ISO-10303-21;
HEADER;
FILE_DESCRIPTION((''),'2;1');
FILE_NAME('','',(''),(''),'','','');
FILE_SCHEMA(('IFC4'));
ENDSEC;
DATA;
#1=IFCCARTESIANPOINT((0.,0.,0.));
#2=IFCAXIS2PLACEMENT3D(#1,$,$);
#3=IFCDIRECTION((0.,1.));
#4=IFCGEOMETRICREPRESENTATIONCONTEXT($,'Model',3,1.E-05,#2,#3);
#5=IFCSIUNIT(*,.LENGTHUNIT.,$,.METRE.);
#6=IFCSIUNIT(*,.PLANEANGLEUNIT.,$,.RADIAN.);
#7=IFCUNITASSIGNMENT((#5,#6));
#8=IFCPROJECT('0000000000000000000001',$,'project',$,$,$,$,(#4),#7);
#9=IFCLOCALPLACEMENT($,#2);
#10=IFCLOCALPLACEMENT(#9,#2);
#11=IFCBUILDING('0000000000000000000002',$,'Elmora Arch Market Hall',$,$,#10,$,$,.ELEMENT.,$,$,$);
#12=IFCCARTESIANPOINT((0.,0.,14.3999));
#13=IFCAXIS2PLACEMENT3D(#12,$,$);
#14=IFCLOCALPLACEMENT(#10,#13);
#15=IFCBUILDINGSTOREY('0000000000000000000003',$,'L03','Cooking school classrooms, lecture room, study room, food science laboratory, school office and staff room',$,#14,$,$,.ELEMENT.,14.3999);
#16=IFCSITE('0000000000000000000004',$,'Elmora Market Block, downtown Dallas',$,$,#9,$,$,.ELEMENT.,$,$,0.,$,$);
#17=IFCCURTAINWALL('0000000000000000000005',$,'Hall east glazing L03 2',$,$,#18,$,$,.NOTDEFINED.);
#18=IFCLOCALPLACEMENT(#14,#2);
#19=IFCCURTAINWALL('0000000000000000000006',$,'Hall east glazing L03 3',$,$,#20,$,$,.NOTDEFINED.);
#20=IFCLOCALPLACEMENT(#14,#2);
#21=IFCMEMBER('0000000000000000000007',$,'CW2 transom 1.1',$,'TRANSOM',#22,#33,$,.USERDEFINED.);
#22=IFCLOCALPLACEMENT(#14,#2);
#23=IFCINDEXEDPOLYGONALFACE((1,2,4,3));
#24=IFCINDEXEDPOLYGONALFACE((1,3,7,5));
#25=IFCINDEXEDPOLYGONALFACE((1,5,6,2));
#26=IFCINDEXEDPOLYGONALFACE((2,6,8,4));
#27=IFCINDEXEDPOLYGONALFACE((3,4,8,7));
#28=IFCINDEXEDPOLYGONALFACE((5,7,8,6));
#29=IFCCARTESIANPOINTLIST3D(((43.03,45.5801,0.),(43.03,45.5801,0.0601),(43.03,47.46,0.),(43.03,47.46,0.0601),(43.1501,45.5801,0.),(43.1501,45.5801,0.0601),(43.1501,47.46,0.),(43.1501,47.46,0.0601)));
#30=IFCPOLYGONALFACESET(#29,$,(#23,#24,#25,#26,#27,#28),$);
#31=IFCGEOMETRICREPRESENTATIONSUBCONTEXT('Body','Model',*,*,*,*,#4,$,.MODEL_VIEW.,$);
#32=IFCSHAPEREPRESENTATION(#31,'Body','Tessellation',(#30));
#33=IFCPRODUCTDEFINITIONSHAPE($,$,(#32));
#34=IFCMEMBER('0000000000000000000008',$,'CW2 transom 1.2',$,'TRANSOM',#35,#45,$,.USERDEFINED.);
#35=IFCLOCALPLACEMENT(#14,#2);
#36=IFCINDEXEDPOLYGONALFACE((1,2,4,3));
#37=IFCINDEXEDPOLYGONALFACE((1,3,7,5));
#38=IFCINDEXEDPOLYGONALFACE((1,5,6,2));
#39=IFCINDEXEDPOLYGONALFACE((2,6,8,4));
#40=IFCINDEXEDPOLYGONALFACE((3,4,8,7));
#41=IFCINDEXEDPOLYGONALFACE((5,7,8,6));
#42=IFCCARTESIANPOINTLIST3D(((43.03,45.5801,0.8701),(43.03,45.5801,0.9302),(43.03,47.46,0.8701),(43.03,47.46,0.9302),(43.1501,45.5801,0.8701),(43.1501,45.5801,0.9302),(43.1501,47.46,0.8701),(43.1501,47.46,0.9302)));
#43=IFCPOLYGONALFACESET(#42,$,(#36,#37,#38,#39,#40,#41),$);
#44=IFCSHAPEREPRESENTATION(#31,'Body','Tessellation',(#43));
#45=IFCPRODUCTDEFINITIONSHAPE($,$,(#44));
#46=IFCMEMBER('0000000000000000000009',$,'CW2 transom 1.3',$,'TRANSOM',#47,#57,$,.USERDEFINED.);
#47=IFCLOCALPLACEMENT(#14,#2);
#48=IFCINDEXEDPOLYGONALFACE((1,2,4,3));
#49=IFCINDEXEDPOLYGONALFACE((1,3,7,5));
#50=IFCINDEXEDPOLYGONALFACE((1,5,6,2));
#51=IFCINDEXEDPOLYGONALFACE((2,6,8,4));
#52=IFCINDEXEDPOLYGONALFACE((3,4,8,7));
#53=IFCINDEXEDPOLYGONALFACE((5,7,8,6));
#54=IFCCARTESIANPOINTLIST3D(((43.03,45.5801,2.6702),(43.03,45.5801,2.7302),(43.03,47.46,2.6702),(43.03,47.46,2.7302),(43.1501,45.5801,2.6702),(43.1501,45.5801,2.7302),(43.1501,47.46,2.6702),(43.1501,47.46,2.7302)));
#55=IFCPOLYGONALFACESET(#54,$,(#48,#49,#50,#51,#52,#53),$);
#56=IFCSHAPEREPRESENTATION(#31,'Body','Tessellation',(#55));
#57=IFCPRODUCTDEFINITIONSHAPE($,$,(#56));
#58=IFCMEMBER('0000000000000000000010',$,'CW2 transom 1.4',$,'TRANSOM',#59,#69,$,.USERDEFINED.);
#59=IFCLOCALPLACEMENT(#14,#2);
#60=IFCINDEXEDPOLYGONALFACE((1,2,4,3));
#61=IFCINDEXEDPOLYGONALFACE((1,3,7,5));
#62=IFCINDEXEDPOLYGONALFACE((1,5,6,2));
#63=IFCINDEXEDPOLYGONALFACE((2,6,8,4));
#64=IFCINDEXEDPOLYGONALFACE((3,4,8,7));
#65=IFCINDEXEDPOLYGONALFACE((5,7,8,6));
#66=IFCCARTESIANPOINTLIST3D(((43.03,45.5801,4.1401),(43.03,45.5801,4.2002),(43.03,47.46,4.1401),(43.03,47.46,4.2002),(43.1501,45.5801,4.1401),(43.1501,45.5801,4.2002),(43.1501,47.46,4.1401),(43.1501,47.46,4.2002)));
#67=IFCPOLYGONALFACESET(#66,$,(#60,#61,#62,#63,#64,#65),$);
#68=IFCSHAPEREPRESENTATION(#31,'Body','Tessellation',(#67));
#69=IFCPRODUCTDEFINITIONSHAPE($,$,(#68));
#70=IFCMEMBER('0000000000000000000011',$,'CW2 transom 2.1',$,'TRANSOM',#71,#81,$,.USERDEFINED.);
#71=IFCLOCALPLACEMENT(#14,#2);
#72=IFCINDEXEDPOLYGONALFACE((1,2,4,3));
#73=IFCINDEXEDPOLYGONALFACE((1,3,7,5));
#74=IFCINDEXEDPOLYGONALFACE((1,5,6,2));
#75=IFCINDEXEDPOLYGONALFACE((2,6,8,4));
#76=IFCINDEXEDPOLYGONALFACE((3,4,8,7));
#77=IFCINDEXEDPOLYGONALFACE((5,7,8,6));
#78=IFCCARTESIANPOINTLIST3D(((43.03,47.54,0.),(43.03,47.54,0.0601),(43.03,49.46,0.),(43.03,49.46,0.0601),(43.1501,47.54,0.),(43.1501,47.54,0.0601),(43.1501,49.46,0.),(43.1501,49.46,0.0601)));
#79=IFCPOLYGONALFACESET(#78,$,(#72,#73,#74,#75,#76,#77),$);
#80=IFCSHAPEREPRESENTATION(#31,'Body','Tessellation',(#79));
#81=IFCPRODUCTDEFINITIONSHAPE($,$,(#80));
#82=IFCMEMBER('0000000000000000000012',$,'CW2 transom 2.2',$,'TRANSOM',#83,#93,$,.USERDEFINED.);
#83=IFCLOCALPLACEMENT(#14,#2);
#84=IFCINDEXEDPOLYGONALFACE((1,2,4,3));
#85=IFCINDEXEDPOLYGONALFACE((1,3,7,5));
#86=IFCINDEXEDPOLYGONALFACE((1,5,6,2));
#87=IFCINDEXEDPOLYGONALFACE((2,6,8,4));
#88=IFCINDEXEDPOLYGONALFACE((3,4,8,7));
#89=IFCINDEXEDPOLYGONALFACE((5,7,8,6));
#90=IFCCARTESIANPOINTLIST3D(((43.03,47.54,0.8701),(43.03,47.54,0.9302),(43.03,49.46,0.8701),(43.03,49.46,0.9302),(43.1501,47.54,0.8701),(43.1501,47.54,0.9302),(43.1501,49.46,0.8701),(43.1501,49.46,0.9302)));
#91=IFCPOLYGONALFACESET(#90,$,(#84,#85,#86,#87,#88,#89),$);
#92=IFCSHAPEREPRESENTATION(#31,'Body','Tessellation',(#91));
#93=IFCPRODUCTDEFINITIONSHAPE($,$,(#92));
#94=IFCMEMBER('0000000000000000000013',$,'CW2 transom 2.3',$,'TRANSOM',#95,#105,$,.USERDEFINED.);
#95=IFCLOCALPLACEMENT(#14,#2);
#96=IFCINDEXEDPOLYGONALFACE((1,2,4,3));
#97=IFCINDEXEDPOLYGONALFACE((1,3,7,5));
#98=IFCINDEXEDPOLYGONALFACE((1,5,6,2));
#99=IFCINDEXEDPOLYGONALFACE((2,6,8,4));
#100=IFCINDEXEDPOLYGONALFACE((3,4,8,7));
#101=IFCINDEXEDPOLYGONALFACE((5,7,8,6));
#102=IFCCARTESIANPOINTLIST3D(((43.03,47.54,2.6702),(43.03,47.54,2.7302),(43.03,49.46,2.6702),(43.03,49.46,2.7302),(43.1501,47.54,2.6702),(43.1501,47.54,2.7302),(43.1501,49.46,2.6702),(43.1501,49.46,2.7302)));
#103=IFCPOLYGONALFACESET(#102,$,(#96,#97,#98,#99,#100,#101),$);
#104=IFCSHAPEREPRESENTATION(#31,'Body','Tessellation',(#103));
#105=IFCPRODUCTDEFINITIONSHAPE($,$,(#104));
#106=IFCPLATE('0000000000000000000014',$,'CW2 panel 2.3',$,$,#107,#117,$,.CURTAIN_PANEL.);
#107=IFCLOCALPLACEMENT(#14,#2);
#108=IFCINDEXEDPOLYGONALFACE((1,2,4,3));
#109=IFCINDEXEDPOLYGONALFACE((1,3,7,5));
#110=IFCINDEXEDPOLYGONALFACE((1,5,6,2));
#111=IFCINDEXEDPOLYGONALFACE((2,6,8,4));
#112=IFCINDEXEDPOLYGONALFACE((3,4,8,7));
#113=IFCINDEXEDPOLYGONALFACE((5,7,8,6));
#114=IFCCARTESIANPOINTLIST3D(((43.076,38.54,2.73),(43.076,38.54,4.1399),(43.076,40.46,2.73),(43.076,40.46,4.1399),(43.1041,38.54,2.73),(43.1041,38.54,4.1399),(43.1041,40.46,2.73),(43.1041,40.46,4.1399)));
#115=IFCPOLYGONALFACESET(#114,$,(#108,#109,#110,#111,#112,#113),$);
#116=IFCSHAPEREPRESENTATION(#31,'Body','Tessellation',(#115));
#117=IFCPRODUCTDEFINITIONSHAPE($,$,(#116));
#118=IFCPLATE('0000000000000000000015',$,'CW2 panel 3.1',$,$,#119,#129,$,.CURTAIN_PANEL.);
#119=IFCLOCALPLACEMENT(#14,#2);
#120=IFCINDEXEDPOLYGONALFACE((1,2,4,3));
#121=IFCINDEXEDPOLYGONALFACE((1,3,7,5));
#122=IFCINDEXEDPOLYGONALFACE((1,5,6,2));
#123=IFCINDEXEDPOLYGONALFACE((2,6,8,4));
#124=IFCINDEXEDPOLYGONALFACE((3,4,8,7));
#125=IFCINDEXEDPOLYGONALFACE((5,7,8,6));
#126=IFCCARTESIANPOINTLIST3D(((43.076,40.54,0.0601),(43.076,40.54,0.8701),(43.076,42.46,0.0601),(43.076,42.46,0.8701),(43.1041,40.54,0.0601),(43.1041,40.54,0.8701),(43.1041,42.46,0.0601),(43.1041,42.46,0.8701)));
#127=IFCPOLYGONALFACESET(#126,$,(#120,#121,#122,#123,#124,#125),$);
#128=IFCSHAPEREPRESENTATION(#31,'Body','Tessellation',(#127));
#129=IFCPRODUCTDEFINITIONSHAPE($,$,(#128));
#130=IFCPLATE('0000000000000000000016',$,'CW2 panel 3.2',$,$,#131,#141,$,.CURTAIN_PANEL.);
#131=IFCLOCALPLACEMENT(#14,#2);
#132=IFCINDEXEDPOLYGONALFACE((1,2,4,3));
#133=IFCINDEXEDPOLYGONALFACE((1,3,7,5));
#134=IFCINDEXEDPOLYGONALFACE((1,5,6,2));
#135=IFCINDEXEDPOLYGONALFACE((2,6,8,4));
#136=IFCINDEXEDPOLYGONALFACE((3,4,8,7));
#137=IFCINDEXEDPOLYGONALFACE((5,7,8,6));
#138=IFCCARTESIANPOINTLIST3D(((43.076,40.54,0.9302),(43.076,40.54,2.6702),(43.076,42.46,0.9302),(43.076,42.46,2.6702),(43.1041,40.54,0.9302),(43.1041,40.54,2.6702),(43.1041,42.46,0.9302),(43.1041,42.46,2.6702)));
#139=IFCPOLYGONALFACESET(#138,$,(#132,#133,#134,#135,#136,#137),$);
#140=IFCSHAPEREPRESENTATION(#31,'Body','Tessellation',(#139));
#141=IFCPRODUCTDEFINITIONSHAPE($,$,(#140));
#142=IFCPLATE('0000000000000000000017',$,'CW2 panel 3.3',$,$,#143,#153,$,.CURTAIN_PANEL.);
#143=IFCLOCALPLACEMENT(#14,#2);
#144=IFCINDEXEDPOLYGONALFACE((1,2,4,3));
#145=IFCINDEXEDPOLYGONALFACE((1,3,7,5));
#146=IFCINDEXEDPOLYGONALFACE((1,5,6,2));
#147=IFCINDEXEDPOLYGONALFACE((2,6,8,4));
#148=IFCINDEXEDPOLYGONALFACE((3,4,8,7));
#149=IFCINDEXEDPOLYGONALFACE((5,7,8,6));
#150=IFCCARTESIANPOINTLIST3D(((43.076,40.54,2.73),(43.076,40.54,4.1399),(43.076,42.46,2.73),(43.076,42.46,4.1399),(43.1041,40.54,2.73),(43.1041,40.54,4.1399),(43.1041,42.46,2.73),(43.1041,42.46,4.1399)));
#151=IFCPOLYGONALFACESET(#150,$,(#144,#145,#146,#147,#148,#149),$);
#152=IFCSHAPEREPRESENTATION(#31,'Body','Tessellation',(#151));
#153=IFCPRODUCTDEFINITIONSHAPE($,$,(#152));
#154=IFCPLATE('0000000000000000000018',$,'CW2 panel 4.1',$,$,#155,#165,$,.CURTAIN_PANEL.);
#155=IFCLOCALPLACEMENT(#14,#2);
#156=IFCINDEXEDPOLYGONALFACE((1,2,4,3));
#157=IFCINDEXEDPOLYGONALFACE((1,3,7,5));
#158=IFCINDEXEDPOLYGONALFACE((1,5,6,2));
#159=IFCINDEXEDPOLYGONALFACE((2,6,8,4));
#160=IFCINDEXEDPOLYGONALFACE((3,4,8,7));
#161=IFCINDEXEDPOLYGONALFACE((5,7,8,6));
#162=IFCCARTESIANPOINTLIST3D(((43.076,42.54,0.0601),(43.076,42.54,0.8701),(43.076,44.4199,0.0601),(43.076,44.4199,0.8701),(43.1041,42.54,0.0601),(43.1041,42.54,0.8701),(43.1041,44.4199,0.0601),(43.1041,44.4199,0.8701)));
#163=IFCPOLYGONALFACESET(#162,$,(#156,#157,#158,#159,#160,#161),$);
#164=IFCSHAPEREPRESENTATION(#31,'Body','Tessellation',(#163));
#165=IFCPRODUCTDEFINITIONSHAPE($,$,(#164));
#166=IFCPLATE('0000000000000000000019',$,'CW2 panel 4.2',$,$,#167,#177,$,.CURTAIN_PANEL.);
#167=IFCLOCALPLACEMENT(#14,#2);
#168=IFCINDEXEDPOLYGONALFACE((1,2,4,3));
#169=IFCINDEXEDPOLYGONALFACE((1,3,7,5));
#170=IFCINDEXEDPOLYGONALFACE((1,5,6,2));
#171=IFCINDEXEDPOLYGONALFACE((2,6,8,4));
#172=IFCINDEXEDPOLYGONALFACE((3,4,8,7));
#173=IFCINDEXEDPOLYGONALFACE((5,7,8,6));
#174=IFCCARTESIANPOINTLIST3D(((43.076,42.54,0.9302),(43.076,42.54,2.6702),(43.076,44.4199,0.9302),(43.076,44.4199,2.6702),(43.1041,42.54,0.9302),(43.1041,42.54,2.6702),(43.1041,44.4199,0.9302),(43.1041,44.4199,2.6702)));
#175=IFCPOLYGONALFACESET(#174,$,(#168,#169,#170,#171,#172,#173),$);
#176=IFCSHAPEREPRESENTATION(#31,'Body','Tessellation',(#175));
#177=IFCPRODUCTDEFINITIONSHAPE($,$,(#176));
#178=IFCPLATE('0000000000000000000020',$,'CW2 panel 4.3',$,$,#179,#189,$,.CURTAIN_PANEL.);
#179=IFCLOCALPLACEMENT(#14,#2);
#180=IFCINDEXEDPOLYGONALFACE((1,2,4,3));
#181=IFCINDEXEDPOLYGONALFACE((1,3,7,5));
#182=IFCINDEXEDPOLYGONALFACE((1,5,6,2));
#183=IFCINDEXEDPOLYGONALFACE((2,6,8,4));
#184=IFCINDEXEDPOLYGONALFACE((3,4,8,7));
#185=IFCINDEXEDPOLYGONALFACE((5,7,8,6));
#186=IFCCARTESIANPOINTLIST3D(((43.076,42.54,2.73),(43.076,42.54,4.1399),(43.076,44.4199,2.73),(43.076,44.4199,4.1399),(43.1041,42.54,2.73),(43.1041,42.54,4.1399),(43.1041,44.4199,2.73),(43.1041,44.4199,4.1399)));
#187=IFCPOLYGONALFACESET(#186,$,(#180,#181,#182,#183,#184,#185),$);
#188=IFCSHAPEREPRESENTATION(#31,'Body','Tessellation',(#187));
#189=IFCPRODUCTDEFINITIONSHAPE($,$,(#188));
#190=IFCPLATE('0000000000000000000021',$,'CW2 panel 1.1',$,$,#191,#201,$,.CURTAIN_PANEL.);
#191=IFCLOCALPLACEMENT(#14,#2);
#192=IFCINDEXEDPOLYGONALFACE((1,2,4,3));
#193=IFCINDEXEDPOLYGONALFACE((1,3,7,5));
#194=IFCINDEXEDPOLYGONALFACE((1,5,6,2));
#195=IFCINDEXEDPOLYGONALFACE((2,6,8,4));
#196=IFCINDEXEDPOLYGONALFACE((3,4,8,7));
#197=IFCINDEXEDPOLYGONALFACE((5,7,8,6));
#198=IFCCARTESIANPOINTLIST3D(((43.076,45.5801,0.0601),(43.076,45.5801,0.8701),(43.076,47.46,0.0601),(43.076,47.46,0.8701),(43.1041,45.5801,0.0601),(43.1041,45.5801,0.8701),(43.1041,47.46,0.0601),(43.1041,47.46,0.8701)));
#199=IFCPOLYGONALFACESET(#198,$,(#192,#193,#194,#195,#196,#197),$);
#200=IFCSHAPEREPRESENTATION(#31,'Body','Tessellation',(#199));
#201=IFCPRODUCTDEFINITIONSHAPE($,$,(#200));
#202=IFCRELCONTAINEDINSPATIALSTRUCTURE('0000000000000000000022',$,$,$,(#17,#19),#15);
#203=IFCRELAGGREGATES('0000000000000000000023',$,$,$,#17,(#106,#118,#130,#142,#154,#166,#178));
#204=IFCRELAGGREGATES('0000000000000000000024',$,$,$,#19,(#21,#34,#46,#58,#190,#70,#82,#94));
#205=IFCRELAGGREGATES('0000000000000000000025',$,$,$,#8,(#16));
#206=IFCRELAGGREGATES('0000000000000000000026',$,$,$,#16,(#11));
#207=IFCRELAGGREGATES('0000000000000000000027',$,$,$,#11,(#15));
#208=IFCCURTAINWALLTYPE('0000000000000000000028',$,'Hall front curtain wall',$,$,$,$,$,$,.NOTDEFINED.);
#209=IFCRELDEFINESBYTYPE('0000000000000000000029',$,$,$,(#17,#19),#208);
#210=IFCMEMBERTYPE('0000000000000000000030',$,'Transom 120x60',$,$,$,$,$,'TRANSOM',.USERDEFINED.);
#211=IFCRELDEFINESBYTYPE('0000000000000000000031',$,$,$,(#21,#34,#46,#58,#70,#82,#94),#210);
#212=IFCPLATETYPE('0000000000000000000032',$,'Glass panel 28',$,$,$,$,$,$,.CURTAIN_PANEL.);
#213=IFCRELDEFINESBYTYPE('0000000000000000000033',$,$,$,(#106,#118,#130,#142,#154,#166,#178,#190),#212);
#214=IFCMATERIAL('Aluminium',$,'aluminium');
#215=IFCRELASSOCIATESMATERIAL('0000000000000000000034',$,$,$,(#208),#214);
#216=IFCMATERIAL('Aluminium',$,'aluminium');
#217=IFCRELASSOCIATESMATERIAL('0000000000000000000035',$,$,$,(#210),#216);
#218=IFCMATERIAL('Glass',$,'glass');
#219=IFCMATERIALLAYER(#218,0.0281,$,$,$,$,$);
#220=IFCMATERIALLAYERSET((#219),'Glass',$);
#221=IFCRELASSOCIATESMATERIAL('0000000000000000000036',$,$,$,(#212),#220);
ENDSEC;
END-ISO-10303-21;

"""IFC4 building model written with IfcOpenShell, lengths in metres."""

from ifc_helpers import new_model, si_unit, direction, frame, origin, origin_2d, place, context, subcontext, project, spatial, rectangle, extrude, material, layer, layer_set, material_profile, profile_set, type_object, element, aggregate, save


model = new_model("IFC4")

# Units and contexts
model_context = context("Model", 3, precision=1e-05, world=origin(), true_north=direction((0.0, 1.0)))
body_context = subcontext(model_context, "Body", "Model", "MODEL_VIEW")
ifc_project = project(units=[si_unit("LENGTHUNIT", "METRE"), si_unit("PLANEANGLEUNIT", "RADIAN")], contexts=[model_context])

# Site, building, storey
site_placement = place(None, origin())
site = spatial("IfcSite", under=ifc_project, at=site_placement, Name="Elmora Market Block, downtown Dallas", CompositionType="ELEMENT", RefElevation=0.0)
building_placement = place(site_placement, origin())
building = spatial("IfcBuilding", under=site, at=building_placement, Name="Elmora Arch Market Hall", CompositionType="ELEMENT")
storey_placement = place(building_placement, frame((0.0, 0.0, 14.3999)))
storey = spatial("IfcBuildingStorey", under=building, at=storey_placement, Name="L03", Description="Cooking school classrooms, lecture room, study room, food science laboratory, school office and staff room", CompositionType="ELEMENT", Elevation=14.3999)

# Curtain walls
ifc_material_1 = material(Name="Aluminium", Category="aluminium")
curtain_wall_type = type_object("IfcCurtainWallType", Name="Hall front curtain wall", PredefinedType="NOTDEFINED", material=ifc_material_1)
curtain_wall_1_placement = place(storey_placement, origin())
curtain_wall_1 = element("IfcCurtainWall", 1, at=curtain_wall_1_placement, inside=storey, type_object=curtain_wall_type, Name="Hall east glazing L03 2", PredefinedType="NOTDEFINED")
curtain_wall_2_placement = place(storey_placement, origin())
curtain_wall_2 = element("IfcCurtainWall", 2, at=curtain_wall_2_placement, inside=storey, type_object=curtain_wall_type, Name="Hall east glazing L03 3", PredefinedType="NOTDEFINED")

# Members
ifc_material_2 = material(Name="Aluminium", Category="aluminium")
ifc_material_profile_1 = material_profile(ifc_material_2, rectangle(XDim=0.1201, YDim=0.0601, at=origin_2d()), Name="AL 120x60")
ifc_profile_set_1 = profile_set([ifc_material_profile_1], Name="Aluminium")
member_type_1 = type_object("IfcMemberType", Name="Transom 120x60", ElementType="TRANSOM", PredefinedType="USERDEFINED", material=ifc_profile_set_1)
member_1_placement = place(storey_placement, frame((43.0901, 45.5801, 0.03), z_axis=(0.0, 1.0, 0.0), x_axis=(-1.0, 0.0, 0.0)))
member_1 = element("IfcMember", 3, at=member_1_placement, type_object=member_type_1, Name="CW2 transom 1.1", ObjectType="TRANSOM", PredefinedType="USERDEFINED", context=body_context, shape_type="SweptSolid", body=[
    extrude(rectangle(XDim=0.1201, YDim=0.0601, at=origin_2d()), origin(), (0.0, 0.0, 1.0), 1.8799),
])
member_2_placement = place(storey_placement, frame((43.0901, 45.5801, 0.9001), z_axis=(0.0, 1.0, 0.0), x_axis=(-1.0, 0.0, 0.0)))
member_2 = element("IfcMember", 4, at=member_2_placement, type_object=member_type_1, Name="CW2 transom 1.2", ObjectType="TRANSOM", PredefinedType="USERDEFINED", context=body_context, shape_type="SweptSolid", body=[
    extrude(rectangle(XDim=0.1201, YDim=0.0601, at=origin_2d()), origin(), (0.0, 0.0, 1.0), 1.8799),
])
member_3_placement = place(storey_placement, frame((43.0901, 45.5801, 2.7002), z_axis=(0.0, 1.0, 0.0), x_axis=(-1.0, 0.0, 0.0)))
member_3 = element("IfcMember", 5, at=member_3_placement, type_object=member_type_1, Name="CW2 transom 1.3", ObjectType="TRANSOM", PredefinedType="USERDEFINED", context=body_context, shape_type="SweptSolid", body=[
    extrude(rectangle(XDim=0.1201, YDim=0.0601, at=origin_2d()), origin(), (0.0, 0.0, 1.0), 1.8799),
])
member_4_placement = place(storey_placement, frame((43.0901, 45.5801, 4.1702), z_axis=(0.0, 1.0, 0.0), x_axis=(-1.0, 0.0, 0.0)))
member_4 = element("IfcMember", 6, at=member_4_placement, type_object=member_type_1, Name="CW2 transom 1.4", ObjectType="TRANSOM", PredefinedType="USERDEFINED", context=body_context, shape_type="SweptSolid", body=[
    extrude(rectangle(XDim=0.1201, YDim=0.0601, at=origin_2d()), origin(), (0.0, 0.0, 1.0), 1.8799),
])
member_5_placement = place(storey_placement, frame((43.0901, 47.54, 0.03), z_axis=(0.0, 1.0, 0.0), x_axis=(-1.0, 0.0, 0.0)))
member_5 = element("IfcMember", 7, at=member_5_placement, type_object=member_type_1, Name="CW2 transom 2.1", ObjectType="TRANSOM", PredefinedType="USERDEFINED", context=body_context, shape_type="SweptSolid", body=[
    extrude(rectangle(XDim=0.1201, YDim=0.0601, at=origin_2d()), origin(), (0.0, 0.0, 1.0), 1.9199),
])
member_6_placement = place(storey_placement, frame((43.0901, 47.54, 0.9001), z_axis=(0.0, 1.0, 0.0), x_axis=(-1.0, 0.0, 0.0)))
member_6 = element("IfcMember", 8, at=member_6_placement, type_object=member_type_1, Name="CW2 transom 2.2", ObjectType="TRANSOM", PredefinedType="USERDEFINED", context=body_context, shape_type="SweptSolid", body=[
    extrude(rectangle(XDim=0.1201, YDim=0.0601, at=origin_2d()), origin(), (0.0, 0.0, 1.0), 1.9199),
])
member_7_placement = place(storey_placement, frame((43.0901, 47.54, 2.7002), z_axis=(0.0, 1.0, 0.0), x_axis=(-1.0, 0.0, 0.0)))
member_7 = element("IfcMember", 9, at=member_7_placement, type_object=member_type_1, Name="CW2 transom 2.3", ObjectType="TRANSOM", PredefinedType="USERDEFINED", context=body_context, shape_type="SweptSolid", body=[
    extrude(rectangle(XDim=0.1201, YDim=0.0601, at=origin_2d()), origin(), (0.0, 0.0, 1.0), 1.9199),
])

# Plates
ifc_material_3 = material(Name="Glass", Category="glass")
ifc_layer_1 = layer(ifc_material_3, 0.0281)
ifc_layer_set_1 = layer_set([ifc_layer_1], Name="Glass")
plate_type = type_object("IfcPlateType", Name="Glass panel 28", PredefinedType="CURTAIN_PANEL", material=ifc_layer_set_1)
plate_1_placement = place(storey_placement, frame((43.0901, 39.5, 2.73), z_axis=(0.0, 0.0, 1.0), x_axis=(0.0, 1.0, 0.0)))
plate_1 = element("IfcPlate", 10, at=plate_1_placement, type_object=plate_type, Name="CW2 panel 2.3", PredefinedType="CURTAIN_PANEL", context=body_context, shape_type="SweptSolid", body=[
    extrude(rectangle(XDim=1.9199, YDim=0.0281, at=origin_2d()), origin(), (0.0, 0.0, 1.0), 1.4099),
])
plate_2_placement = place(storey_placement, frame((43.0901, 41.5, 0.0601), z_axis=(0.0, 0.0, 1.0), x_axis=(0.0, 1.0, 0.0)))
plate_2 = element("IfcPlate", 11, at=plate_2_placement, type_object=plate_type, Name="CW2 panel 3.1", PredefinedType="CURTAIN_PANEL", context=body_context, shape_type="SweptSolid", body=[
    extrude(rectangle(XDim=1.9199, YDim=0.0281, at=origin_2d()), origin(), (0.0, 0.0, 1.0), 0.8101),
])
plate_3_placement = place(storey_placement, frame((43.0901, 41.5, 0.9302), z_axis=(0.0, 0.0, 1.0), x_axis=(0.0, 1.0, 0.0)))
plate_3 = element("IfcPlate", 12, at=plate_3_placement, type_object=plate_type, Name="CW2 panel 3.2", PredefinedType="CURTAIN_PANEL", context=body_context, shape_type="SweptSolid", body=[
    extrude(rectangle(XDim=1.9199, YDim=0.0281, at=origin_2d()), origin(), (0.0, 0.0, 1.0), 1.74),
])
plate_4_placement = place(storey_placement, frame((43.0901, 41.5, 2.73), z_axis=(0.0, 0.0, 1.0), x_axis=(0.0, 1.0, 0.0)))
plate_4 = element("IfcPlate", 13, at=plate_4_placement, type_object=plate_type, Name="CW2 panel 3.3", PredefinedType="CURTAIN_PANEL", context=body_context, shape_type="SweptSolid", body=[
    extrude(rectangle(XDim=1.9199, YDim=0.0281, at=origin_2d()), origin(), (0.0, 0.0, 1.0), 1.4099),
])
plate_5_placement = place(storey_placement, frame((43.0901, 43.48, 0.0601), z_axis=(0.0, 0.0, 1.0), x_axis=(0.0, 1.0, 0.0)))
plate_5 = element("IfcPlate", 14, at=plate_5_placement, type_object=plate_type, Name="CW2 panel 4.1", PredefinedType="CURTAIN_PANEL", context=body_context, shape_type="SweptSolid", body=[
    extrude(rectangle(XDim=1.8799, YDim=0.0281, at=origin_2d()), origin(), (0.0, 0.0, 1.0), 0.8101),
])
plate_6_placement = place(storey_placement, frame((43.0901, 43.48, 0.9302), z_axis=(0.0, 0.0, 1.0), x_axis=(0.0, 1.0, 0.0)))
plate_6 = element("IfcPlate", 15, at=plate_6_placement, type_object=plate_type, Name="CW2 panel 4.2", PredefinedType="CURTAIN_PANEL", context=body_context, shape_type="SweptSolid", body=[
    extrude(rectangle(XDim=1.8799, YDim=0.0281, at=origin_2d()), origin(), (0.0, 0.0, 1.0), 1.74),
])
plate_7_placement = place(storey_placement, frame((43.0901, 43.48, 2.73), z_axis=(0.0, 0.0, 1.0), x_axis=(0.0, 1.0, 0.0)))
plate_7 = element("IfcPlate", 16, at=plate_7_placement, type_object=plate_type, Name="CW2 panel 4.3", PredefinedType="CURTAIN_PANEL", context=body_context, shape_type="SweptSolid", body=[
    extrude(rectangle(XDim=1.8799, YDim=0.0281, at=origin_2d()), origin(), (0.0, 0.0, 1.0), 1.4099),
])
aggregate(curtain_wall_1, [plate_1, plate_2, plate_3, plate_4, plate_5, plate_6, plate_7])
plate_8_placement = place(storey_placement, frame((43.0901, 46.52, 0.0601), z_axis=(0.0, 0.0, 1.0), x_axis=(0.0, 1.0, 0.0)))
plate_8 = element("IfcPlate", 17, at=plate_8_placement, type_object=plate_type, Name="CW2 panel 1.1", PredefinedType="CURTAIN_PANEL", context=body_context, shape_type="SweptSolid", body=[
    extrude(rectangle(XDim=1.8799, YDim=0.0281, at=origin_2d()), origin(), (0.0, 0.0, 1.0), 0.8101),
])
aggregate(curtain_wall_2, [member_1, member_2, member_3, member_4, plate_8, member_5, member_6, member_7])

save(model, "model.ifc")
